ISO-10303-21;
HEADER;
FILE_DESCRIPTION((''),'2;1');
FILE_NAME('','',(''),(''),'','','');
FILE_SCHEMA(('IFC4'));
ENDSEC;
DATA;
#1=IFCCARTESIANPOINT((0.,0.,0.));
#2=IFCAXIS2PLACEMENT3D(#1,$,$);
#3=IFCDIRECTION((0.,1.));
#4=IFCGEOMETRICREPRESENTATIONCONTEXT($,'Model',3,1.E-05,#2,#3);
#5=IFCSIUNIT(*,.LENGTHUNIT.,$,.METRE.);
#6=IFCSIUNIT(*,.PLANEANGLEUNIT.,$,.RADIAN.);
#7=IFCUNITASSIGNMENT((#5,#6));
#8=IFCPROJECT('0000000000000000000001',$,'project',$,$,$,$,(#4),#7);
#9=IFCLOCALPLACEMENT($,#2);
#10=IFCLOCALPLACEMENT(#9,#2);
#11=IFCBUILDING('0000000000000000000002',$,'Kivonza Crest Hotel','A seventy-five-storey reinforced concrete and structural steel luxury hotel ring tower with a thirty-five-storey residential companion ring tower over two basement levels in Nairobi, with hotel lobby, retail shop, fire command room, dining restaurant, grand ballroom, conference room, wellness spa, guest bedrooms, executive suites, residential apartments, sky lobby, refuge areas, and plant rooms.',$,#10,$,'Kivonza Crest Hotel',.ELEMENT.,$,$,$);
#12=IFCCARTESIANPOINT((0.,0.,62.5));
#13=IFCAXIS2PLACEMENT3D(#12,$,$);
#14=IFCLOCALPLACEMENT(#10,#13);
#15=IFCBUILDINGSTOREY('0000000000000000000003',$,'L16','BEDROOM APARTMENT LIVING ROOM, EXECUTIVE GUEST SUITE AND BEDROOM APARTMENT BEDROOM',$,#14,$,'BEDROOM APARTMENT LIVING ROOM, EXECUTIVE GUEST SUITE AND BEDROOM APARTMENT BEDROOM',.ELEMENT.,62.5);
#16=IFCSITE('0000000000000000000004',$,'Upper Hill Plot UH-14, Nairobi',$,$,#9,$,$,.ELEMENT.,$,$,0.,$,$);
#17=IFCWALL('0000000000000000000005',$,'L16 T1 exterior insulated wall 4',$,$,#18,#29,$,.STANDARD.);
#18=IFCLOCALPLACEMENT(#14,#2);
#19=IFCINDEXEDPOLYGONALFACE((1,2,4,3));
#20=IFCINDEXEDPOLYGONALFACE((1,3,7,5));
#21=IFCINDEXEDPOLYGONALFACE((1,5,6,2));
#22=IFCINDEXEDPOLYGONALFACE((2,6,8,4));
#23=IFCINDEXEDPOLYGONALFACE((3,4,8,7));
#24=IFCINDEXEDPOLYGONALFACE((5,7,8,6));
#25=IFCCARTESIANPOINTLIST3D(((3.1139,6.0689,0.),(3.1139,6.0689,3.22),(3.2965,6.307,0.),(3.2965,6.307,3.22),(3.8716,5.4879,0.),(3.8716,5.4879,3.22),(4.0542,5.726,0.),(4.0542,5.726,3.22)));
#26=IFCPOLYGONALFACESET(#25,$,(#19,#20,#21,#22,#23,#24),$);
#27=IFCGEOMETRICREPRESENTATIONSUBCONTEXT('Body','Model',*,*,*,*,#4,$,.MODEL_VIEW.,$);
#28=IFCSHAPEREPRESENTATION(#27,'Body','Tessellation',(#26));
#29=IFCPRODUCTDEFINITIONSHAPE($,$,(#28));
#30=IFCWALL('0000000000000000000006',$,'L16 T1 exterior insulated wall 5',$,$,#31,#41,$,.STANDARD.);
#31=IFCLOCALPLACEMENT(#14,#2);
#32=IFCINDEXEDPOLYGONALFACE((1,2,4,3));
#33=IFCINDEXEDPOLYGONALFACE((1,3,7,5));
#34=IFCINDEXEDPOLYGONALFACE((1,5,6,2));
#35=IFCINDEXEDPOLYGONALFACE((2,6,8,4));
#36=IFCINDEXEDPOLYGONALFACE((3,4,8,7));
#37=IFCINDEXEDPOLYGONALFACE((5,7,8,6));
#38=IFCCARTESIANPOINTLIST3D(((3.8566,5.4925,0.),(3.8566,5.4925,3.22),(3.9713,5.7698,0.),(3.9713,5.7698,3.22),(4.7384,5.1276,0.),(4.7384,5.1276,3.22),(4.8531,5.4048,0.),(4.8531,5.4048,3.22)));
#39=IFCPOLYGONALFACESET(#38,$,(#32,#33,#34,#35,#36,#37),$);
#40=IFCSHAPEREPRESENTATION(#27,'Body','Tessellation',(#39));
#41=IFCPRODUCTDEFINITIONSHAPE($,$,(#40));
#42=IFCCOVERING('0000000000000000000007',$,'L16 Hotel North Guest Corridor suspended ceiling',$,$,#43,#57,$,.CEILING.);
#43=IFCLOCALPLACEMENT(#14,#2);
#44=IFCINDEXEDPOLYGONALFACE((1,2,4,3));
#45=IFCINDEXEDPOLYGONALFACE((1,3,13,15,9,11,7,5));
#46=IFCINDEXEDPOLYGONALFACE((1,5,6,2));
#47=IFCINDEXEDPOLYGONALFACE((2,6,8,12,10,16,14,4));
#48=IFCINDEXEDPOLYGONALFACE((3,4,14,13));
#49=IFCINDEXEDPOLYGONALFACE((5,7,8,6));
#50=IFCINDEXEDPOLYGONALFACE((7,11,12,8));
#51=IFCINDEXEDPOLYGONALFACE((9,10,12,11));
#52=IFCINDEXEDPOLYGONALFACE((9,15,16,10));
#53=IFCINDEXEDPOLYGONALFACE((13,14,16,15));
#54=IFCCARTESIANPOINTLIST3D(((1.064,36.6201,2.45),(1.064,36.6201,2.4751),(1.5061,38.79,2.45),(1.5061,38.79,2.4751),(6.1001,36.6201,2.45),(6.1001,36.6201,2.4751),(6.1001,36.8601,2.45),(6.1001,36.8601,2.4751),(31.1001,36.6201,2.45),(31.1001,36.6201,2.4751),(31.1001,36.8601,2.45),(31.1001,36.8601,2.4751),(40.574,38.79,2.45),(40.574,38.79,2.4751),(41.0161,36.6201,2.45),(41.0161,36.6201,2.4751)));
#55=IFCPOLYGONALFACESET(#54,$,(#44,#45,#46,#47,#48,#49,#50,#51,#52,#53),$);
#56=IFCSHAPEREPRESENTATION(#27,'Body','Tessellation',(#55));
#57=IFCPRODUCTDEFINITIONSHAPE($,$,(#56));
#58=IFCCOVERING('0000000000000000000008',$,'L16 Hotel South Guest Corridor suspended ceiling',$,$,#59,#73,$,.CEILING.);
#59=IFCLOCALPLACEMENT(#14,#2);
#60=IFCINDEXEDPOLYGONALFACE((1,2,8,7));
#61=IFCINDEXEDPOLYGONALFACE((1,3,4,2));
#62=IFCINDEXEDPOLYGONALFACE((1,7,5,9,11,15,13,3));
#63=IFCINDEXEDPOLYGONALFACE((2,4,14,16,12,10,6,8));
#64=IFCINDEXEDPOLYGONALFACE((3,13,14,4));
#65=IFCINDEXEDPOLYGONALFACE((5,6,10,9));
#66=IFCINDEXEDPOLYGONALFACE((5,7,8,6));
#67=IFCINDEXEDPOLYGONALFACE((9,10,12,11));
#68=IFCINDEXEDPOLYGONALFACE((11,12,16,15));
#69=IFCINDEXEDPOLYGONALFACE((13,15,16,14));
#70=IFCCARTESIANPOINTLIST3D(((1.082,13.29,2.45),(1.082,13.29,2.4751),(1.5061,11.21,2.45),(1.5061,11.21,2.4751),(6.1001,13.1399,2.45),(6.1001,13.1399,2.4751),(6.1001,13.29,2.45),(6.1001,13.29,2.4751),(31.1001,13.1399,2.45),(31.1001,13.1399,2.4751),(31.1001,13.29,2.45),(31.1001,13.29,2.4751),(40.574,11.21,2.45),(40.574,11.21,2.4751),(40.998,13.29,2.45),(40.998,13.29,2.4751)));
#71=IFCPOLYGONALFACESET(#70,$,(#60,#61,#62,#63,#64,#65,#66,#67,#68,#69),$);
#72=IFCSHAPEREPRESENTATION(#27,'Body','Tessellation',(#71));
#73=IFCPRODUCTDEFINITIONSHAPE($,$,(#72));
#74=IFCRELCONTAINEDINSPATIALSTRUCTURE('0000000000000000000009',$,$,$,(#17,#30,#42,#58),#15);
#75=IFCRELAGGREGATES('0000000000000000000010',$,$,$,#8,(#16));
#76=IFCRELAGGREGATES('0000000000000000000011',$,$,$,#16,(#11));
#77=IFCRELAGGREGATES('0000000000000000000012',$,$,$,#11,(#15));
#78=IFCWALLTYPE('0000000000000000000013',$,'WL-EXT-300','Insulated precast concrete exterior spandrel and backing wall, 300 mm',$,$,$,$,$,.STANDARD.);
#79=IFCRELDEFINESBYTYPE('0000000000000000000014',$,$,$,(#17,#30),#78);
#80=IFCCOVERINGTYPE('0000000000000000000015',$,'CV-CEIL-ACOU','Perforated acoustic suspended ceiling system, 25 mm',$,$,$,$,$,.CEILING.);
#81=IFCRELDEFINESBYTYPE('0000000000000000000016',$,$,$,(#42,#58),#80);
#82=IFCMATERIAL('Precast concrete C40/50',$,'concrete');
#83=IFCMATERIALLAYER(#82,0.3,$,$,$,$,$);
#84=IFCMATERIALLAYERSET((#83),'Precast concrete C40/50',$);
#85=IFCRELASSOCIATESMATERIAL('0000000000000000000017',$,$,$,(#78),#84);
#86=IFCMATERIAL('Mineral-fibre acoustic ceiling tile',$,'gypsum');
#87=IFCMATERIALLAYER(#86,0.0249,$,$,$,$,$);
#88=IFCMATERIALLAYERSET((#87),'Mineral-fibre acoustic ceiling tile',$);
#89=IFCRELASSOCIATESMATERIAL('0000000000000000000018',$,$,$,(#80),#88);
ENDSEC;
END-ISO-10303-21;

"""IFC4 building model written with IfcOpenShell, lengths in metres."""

from ifc_helpers import new_model, si_unit, direction, frame, frame_2d, origin, place, context, subcontext, project, spatial, polyline, rectangle, outline, extrude, material, layer, layer_set, type_object, element, save


model = new_model("IFC4")

# Units and contexts
model_context = context("Model", 3, precision=1e-05, world=origin(), true_north=direction((0.0, 1.0)))
body_context = subcontext(model_context, "Body", "Model", "MODEL_VIEW")
ifc_project = project(units=[si_unit("LENGTHUNIT", "METRE"), si_unit("PLANEANGLEUNIT", "RADIAN")], contexts=[model_context])

# Site, building, storey
site_placement = place(None, origin())
site = spatial("IfcSite", under=ifc_project, at=site_placement, Name="Upper Hill Plot UH-14, Nairobi", CompositionType="ELEMENT", RefElevation=0.0)
building_placement = place(site_placement, origin())
building = spatial("IfcBuilding", under=site, at=building_placement, Name="Kivonza Crest Hotel", Description="A seventy-five-storey reinforced concrete and structural steel luxury hotel ring tower with a thirty-five-storey residential companion ring tower over two basement levels in Nairobi, with hotel lobby, retail shop, fire command room, dining restaurant, grand ballroom, conference room, wellness spa, guest bedrooms, executive suites, residential apartments, sky lobby, refuge areas, and plant rooms.", LongName="Kivonza Crest Hotel", CompositionType="ELEMENT")
storey_placement = place(building_placement, frame((0.0, 0.0, 62.5)))
storey = spatial("IfcBuildingStorey", under=building, at=storey_placement, Name="L16", Description="BEDROOM APARTMENT LIVING ROOM, EXECUTIVE GUEST SUITE AND BEDROOM APARTMENT BEDROOM", LongName="BEDROOM APARTMENT LIVING ROOM, EXECUTIVE GUEST SUITE AND BEDROOM APARTMENT BEDROOM", CompositionType="ELEMENT", Elevation=62.5)

# Walls
ifc_material_1 = material(Name="Precast concrete C40/50", Category="concrete")
ifc_layer_1 = layer(ifc_material_1, 0.3)
ifc_layer_set_1 = layer_set([ifc_layer_1], Name="Precast concrete C40/50")
wall_type_1 = type_object("IfcWallType", Name="WL-EXT-300", Description="Insulated precast concrete exterior spandrel and backing wall, 300 mm", PredefinedType="STANDARD", material=ifc_layer_set_1)
for number, where, z_axis, x_axis, name in (
    (1, (3.2051, 6.188, 0.0), (0.0, 0.0, 1.0), (0.793573, -0.608474, 0.0), "L16 T1 exterior insulated wall 4"),
):
    element("IfcWall", number, at=place(storey_placement, frame(where, z_axis=z_axis, x_axis=x_axis)), inside=storey, type_object=wall_type_1, Name=name, PredefinedType="STANDARD", context=body_context, shape_type="SweptSolid", body=[
        extrude(rectangle(XDim=0.9548, YDim=0.3, at=frame_2d((0.4775, 0.0))), origin(), (0.0, 0.0, 1.0), 3.22),
    ])
wall_1_placement = place(storey_placement, frame((3.9141, 5.6311, 0.0), z_axis=(0.0, 0.0, 1.0), x_axis=(0.923983, -0.382435, 0.0)))
element("IfcWall", 2, at=wall_1_placement, inside=storey, type_object=wall_type_1, Name="L16 T1 exterior insulated wall 5", PredefinedType="STANDARD", context=body_context, shape_type="SweptSolid", body=[
    extrude(rectangle(XDim=0.9543, YDim=0.3, at=frame_2d((0.4771, 0.0))), origin(), (0.0, 0.0, 1.0), 3.22),
])

# Coverings
ifc_material_2 = material(Name="Mineral-fibre acoustic ceiling tile", Category="gypsum")
ifc_layer_2 = layer(ifc_material_2, 0.0249)
ifc_layer_set_2 = layer_set([ifc_layer_2], Name="Mineral-fibre acoustic ceiling tile")
covering_type = type_object("IfcCoveringType", Name="CV-CEIL-ACOU", Description="Perforated acoustic suspended ceiling system, 25 mm", PredefinedType="CEILING", material=ifc_layer_set_2)
covering_1_placement = place(storey_placement, frame((0.0, 0.0, 2.45)))
element("IfcCovering", 3, at=covering_1_placement, inside=storey, type_object=covering_type, Name="L16 Hotel North Guest Corridor suspended ceiling", PredefinedType="CEILING", context=body_context, shape_type="SweptSolid", body=[
    extrude(outline(polyline([(1.5061, 38.79), (1.064, 36.6201), (6.1001, 36.6201), (6.1001, 36.8601), (31.1001, 36.8601), (31.1001, 36.6201), (41.0161, 36.6201), (40.574, 38.79), (1.5061, 38.79)])), origin(), (0.0, 0.0, 1.0), 0.0251),
])
covering_2_placement = place(storey_placement, frame((0.0, 0.0, 2.45)))
element("IfcCovering", 4, at=covering_2_placement, inside=storey, type_object=covering_type, Name="L16 Hotel South Guest Corridor suspended ceiling", PredefinedType="CEILING", context=body_context, shape_type="SweptSolid", body=[
    extrude(outline(polyline([(40.574, 11.21), (40.998, 13.29), (31.1001, 13.29), (31.1001, 13.1399), (6.1001, 13.1399), (6.1001, 13.29), (1.082, 13.29), (1.5061, 11.21), (40.574, 11.21)])), origin(), (0.0, 0.0, 1.0), 0.0251),
])

save(model, "model.ifc")
